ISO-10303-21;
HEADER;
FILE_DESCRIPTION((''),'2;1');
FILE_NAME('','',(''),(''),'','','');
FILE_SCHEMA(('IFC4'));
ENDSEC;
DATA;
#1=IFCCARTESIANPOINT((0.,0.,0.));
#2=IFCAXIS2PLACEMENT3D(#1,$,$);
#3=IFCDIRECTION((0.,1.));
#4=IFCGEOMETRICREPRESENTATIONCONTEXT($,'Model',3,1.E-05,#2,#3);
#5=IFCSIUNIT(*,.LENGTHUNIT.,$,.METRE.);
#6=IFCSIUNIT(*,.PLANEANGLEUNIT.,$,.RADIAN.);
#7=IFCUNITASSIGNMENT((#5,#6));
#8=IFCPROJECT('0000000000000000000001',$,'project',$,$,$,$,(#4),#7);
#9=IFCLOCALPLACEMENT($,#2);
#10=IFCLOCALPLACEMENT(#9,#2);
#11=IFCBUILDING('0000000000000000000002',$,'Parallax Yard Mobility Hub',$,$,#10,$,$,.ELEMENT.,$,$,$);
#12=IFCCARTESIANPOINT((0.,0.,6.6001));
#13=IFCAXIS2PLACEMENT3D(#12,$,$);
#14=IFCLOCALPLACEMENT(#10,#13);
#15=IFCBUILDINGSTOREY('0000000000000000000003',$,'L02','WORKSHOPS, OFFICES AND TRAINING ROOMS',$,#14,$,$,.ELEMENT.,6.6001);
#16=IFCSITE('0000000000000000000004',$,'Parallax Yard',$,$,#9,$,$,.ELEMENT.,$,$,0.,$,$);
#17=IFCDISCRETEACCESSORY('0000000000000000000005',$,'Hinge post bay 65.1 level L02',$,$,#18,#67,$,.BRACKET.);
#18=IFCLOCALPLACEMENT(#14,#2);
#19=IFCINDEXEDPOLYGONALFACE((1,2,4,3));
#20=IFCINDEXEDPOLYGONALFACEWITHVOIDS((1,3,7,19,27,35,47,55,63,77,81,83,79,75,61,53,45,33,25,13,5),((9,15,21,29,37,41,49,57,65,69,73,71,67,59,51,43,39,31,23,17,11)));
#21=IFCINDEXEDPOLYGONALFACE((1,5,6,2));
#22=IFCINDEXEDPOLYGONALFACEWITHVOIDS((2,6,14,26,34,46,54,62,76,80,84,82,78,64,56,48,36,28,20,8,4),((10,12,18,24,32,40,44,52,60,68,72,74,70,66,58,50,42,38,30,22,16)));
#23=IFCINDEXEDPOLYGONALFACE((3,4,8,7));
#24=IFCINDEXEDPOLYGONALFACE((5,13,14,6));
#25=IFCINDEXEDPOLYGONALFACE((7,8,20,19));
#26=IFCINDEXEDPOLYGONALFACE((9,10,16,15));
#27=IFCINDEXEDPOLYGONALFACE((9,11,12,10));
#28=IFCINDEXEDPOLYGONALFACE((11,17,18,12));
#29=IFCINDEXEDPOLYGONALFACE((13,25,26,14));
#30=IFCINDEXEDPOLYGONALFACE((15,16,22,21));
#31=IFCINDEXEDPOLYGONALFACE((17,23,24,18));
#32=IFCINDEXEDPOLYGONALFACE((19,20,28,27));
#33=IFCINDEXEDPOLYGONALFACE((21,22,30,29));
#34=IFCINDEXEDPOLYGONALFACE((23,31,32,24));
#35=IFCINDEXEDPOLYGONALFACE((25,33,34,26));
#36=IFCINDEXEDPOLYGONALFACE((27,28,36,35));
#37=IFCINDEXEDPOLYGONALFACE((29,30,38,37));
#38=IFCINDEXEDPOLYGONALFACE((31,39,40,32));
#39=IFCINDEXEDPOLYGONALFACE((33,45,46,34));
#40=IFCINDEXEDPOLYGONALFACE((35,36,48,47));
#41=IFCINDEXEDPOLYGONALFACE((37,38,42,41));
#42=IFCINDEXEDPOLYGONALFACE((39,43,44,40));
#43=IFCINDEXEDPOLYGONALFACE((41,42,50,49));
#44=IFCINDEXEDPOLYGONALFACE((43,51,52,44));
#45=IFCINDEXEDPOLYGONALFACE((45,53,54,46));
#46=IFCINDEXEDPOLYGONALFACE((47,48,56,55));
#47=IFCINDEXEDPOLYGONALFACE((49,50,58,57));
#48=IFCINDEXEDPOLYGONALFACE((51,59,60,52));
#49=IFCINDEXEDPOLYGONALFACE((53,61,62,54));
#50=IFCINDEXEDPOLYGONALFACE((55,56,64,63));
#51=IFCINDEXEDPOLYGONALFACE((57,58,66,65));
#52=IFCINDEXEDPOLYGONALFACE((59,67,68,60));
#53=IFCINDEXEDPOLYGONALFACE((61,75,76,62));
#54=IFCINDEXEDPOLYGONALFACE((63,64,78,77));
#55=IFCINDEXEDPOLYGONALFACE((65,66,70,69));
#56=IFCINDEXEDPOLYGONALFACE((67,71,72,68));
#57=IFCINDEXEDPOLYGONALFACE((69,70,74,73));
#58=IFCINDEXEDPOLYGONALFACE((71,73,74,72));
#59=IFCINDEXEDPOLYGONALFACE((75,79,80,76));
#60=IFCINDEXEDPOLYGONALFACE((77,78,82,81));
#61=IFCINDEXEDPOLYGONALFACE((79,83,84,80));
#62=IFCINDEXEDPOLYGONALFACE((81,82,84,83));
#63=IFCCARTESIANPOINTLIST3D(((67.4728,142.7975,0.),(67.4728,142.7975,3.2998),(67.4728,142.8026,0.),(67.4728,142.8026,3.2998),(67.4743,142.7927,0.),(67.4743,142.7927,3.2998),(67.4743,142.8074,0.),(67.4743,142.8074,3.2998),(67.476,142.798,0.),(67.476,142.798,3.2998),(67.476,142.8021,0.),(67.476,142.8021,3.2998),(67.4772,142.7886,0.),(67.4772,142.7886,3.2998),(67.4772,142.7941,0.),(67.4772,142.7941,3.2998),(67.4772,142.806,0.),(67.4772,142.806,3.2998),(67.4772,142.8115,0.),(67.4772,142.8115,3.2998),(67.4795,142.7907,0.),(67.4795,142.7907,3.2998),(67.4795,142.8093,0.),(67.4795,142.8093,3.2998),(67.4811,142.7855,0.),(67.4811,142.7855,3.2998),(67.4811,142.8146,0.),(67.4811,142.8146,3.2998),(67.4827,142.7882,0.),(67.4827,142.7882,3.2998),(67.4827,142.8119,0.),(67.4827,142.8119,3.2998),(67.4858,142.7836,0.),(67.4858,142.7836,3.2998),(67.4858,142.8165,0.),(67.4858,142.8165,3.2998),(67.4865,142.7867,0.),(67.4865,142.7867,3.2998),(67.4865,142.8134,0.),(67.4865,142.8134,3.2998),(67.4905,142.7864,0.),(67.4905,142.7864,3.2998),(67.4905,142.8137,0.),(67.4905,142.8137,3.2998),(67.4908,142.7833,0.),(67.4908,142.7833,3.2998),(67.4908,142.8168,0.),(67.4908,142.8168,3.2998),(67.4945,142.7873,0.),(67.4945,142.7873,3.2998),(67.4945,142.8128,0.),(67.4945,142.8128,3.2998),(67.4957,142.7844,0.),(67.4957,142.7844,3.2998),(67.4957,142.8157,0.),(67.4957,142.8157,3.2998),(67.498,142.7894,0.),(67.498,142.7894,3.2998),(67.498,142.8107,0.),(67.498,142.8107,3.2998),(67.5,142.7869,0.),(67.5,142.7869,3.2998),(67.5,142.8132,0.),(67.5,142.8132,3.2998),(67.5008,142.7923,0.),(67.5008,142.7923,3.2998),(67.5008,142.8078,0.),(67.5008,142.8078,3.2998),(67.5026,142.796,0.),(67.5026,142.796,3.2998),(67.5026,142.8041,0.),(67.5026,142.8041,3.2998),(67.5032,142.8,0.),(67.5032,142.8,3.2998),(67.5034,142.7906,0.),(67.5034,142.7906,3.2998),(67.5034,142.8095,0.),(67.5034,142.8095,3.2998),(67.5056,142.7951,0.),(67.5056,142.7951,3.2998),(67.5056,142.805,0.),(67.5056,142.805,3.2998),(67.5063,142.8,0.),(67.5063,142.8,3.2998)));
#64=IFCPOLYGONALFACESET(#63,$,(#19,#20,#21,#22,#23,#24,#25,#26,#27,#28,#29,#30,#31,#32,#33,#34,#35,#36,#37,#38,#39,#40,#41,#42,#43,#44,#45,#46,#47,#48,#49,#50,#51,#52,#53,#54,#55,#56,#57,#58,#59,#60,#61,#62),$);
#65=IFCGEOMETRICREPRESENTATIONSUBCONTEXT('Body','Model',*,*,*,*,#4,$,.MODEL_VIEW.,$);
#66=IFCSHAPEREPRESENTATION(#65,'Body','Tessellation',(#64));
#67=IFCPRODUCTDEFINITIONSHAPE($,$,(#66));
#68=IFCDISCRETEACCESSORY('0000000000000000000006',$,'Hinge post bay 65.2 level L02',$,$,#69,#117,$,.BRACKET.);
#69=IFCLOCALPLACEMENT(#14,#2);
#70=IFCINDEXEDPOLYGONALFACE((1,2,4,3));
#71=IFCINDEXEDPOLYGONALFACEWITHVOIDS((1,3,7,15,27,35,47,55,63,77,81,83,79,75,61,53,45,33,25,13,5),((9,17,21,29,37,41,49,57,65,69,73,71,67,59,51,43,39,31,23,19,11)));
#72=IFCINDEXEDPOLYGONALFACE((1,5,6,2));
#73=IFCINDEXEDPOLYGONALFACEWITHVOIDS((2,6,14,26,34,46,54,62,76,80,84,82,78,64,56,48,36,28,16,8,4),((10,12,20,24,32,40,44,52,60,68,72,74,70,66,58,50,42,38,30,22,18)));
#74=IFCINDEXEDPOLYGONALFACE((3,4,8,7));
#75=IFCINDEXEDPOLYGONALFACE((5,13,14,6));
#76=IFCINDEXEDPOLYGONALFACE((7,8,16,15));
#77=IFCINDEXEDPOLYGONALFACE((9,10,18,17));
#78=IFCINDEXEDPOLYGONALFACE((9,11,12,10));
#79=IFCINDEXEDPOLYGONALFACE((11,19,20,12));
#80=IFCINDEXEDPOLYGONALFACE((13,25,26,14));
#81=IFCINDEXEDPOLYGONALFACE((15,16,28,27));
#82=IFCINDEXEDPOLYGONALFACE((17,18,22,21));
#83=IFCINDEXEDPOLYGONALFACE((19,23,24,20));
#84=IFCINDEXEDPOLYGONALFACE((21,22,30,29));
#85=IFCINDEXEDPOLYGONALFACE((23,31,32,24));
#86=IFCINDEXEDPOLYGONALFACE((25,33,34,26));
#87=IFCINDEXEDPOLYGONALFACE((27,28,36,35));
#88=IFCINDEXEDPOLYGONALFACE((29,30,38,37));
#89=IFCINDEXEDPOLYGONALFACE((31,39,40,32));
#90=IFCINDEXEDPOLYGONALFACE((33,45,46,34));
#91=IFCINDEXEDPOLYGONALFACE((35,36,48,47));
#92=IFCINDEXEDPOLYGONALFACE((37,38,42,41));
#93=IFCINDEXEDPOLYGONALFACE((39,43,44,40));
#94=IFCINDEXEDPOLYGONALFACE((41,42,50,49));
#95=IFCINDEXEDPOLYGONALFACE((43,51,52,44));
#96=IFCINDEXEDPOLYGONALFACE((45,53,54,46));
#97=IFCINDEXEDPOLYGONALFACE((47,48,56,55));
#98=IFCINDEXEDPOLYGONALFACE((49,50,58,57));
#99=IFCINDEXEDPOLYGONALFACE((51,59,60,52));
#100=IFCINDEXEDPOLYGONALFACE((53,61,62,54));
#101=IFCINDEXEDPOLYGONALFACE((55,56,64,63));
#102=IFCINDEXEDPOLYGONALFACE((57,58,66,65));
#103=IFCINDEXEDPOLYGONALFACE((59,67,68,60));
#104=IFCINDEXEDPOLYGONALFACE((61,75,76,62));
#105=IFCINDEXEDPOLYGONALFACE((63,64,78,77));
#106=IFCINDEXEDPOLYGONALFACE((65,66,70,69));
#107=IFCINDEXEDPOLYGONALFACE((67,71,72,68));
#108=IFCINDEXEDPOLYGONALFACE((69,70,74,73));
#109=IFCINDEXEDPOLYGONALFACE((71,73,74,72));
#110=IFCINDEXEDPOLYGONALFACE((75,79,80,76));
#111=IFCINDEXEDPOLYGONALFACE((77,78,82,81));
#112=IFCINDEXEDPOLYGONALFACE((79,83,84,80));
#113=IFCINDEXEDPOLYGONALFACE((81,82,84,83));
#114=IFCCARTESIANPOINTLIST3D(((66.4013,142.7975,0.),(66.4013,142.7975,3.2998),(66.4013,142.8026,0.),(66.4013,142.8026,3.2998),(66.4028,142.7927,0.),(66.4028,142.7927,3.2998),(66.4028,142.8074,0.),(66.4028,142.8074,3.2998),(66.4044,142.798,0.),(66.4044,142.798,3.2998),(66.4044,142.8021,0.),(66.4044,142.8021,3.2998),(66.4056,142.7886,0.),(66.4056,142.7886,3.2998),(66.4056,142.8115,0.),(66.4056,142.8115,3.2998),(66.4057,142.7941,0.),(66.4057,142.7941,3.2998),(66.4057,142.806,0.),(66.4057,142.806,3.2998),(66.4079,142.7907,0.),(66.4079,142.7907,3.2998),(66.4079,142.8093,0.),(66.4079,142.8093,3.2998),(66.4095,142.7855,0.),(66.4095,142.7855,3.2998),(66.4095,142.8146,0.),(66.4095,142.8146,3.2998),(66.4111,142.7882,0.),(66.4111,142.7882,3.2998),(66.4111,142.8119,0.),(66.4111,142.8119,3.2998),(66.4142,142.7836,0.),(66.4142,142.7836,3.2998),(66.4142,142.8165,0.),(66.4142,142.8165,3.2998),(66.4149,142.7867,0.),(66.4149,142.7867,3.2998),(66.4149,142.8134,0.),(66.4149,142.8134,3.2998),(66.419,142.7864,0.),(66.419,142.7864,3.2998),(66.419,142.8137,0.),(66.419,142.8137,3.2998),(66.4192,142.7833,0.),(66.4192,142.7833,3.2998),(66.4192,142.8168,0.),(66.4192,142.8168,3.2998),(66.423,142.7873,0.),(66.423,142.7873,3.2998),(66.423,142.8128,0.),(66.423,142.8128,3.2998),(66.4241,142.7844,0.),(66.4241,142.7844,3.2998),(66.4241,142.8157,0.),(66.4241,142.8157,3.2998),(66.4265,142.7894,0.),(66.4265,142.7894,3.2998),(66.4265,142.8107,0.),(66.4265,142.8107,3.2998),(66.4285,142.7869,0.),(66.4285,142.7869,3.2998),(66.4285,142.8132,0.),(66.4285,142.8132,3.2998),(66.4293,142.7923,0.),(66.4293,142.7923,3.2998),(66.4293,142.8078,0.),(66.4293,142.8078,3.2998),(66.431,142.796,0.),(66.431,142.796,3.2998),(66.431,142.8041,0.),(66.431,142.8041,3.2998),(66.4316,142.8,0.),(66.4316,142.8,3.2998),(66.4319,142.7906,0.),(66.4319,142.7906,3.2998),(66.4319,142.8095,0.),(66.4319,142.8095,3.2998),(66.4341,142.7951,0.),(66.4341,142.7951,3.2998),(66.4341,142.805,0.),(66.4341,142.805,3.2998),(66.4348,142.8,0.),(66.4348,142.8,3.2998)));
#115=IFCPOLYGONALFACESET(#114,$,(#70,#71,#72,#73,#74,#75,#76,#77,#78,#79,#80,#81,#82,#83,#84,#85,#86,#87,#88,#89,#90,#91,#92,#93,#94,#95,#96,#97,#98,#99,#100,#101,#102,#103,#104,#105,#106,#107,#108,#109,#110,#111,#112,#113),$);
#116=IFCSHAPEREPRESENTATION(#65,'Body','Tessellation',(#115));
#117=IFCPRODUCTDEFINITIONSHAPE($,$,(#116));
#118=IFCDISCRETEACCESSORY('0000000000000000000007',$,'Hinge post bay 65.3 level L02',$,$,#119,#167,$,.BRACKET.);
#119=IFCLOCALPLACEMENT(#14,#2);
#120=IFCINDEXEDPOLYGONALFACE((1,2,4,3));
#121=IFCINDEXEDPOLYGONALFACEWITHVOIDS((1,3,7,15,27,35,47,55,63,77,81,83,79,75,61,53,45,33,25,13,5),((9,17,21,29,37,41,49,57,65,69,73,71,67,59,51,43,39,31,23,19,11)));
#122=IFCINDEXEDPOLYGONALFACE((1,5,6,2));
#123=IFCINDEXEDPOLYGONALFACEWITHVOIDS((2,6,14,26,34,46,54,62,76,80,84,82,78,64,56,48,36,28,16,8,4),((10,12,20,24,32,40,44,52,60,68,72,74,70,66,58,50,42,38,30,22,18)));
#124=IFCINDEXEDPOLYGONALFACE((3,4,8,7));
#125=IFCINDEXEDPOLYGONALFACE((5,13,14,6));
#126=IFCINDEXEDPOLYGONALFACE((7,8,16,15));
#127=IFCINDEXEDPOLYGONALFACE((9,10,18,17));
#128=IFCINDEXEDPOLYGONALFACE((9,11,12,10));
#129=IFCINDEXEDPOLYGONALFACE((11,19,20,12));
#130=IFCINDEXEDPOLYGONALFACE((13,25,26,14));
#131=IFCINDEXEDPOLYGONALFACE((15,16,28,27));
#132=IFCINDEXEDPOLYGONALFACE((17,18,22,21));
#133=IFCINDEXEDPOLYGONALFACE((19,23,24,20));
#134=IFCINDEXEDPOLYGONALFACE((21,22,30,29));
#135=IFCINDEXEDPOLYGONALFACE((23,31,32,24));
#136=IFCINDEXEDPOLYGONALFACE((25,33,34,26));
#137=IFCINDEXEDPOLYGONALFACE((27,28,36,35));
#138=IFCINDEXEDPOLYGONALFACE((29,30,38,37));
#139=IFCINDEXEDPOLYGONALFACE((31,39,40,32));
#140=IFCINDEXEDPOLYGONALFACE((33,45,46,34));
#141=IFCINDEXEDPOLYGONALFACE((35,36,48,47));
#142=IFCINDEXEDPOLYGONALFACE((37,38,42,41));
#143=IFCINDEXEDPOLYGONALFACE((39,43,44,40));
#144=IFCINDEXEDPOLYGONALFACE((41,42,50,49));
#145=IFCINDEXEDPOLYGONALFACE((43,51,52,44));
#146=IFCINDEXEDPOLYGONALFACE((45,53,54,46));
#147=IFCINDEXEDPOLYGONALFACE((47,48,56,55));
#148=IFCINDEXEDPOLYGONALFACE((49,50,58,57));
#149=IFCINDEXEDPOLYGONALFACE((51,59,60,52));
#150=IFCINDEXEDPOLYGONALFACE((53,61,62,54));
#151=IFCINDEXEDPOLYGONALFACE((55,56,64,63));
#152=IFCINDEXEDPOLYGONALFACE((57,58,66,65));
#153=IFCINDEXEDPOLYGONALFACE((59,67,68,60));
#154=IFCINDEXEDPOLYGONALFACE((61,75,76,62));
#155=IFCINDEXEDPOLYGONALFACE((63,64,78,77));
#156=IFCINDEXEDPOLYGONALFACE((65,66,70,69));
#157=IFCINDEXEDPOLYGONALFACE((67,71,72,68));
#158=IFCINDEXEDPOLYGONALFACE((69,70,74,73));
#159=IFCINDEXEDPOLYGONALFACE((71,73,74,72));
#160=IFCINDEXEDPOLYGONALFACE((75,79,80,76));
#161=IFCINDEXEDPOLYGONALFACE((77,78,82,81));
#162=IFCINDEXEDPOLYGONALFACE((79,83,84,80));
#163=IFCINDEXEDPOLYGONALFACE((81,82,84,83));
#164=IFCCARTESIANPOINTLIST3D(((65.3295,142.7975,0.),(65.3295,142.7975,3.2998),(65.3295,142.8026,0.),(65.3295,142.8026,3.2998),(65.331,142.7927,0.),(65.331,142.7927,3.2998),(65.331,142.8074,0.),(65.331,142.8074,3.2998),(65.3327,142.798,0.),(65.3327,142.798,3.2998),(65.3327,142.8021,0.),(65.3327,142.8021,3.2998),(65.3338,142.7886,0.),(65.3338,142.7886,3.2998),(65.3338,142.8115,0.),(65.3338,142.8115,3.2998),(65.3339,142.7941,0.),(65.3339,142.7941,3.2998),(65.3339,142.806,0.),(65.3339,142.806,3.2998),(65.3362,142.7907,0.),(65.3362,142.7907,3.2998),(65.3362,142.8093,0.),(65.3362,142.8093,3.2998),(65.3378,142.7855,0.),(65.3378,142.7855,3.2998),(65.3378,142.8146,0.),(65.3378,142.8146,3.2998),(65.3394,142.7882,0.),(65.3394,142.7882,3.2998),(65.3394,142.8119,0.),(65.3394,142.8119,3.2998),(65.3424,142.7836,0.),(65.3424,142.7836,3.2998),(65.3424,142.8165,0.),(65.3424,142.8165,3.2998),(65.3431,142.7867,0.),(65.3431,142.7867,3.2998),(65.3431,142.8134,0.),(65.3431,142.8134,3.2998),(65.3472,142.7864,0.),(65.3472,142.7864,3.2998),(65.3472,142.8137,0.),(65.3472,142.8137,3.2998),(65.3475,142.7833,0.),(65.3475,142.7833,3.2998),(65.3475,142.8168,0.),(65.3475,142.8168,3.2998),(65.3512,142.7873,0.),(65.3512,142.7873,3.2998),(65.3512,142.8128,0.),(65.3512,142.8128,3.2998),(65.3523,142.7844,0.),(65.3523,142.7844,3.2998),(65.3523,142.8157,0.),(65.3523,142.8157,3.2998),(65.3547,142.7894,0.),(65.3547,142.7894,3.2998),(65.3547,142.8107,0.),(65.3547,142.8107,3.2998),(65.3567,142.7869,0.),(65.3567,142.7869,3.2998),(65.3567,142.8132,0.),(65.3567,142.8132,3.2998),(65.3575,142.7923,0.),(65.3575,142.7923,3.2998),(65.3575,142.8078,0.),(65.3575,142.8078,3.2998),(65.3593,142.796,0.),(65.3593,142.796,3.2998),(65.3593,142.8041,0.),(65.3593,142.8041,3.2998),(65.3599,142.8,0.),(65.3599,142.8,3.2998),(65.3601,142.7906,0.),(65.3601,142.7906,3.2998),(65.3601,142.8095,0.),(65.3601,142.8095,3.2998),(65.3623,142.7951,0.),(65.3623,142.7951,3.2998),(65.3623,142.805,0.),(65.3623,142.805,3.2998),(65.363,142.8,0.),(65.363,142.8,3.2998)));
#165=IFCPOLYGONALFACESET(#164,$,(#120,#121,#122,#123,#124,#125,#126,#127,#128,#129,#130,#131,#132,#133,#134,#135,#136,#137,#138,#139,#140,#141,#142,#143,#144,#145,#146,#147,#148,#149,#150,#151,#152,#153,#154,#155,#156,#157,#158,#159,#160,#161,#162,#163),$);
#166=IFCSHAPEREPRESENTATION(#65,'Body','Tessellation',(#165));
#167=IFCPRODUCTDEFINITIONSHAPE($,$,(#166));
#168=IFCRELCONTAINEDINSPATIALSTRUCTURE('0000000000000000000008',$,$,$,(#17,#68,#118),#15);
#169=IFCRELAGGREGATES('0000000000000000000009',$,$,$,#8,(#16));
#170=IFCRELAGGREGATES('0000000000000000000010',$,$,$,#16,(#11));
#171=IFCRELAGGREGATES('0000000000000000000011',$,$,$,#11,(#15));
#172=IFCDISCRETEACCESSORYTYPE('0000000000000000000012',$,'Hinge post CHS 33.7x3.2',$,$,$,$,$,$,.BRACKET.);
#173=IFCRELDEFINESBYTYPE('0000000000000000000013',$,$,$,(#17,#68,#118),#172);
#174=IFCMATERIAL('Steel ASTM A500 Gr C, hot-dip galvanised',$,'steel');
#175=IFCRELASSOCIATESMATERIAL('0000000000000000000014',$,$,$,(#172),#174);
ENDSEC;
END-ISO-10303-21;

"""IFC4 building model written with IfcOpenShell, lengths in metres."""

from ifc_helpers import new_model, si_unit, direction, frame, origin, origin_2d, place, context, subcontext, project, spatial, hollow_circle, extrude, material, material_profile, profile_set, type_object, element, save


model = new_model("IFC4")

# Units and contexts
model_context = context("Model", 3, precision=1e-05, world=origin(), true_north=direction((0.0, 1.0)))
body_context = subcontext(model_context, "Body", "Model", "MODEL_VIEW")
ifc_project = project(units=[si_unit("LENGTHUNIT", "METRE"), si_unit("PLANEANGLEUNIT", "RADIAN")], contexts=[model_context])

# Site, building, storey
site_placement = place(None, origin())
site = spatial("IfcSite", under=ifc_project, at=site_placement, Name="Parallax Yard", CompositionType="ELEMENT", RefElevation=0.0)
building_placement = place(site_placement, origin())
building = spatial("IfcBuilding", under=site, at=building_placement, Name="Parallax Yard Mobility Hub", CompositionType="ELEMENT")
storey_placement = place(building_placement, frame((0.0, 0.0, 6.6001)))
storey = spatial("IfcBuildingStorey", under=building, at=storey_placement, Name="L02", Description="WORKSHOPS, OFFICES AND TRAINING ROOMS", CompositionType="ELEMENT", Elevation=6.6001)

# Discrete accessories
ifc_material_1 = material(Name="Steel ASTM A500 Gr C, hot-dip galvanised", Category="steel")
ifc_material_profile = material_profile(ifc_material_1, hollow_circle(Radius=0.0168, WallThickness=0.0032, at=origin_2d()), Name="CHS 33.7x3.2")
ifc_profile_set = profile_set([ifc_material_profile], Name="Steel ASTM A500 Gr C, hot-dip galvanised")
discrete_accessory_type = type_object("IfcDiscreteAccessoryType", Name="Hinge post CHS 33.7x3.2", PredefinedType="BRACKET", material=ifc_profile_set)
for number, where, z_axis, x_axis, name in (
    (1, (67.4895, 142.8, 0.0), (0.0, 0.0, 1.0), (1.0, 0.0, 0.0), "Hinge post bay 65.1 level L02"),
    (2, (66.418, 142.8, 0.0), (0.0, 0.0, 1.0), (1.0, 0.0, 0.0), "Hinge post bay 65.2 level L02"),
    (3, (65.3462, 142.8, 0.0), (0.0, 0.0, 1.0), (1.0, 0.0, 0.0), "Hinge post bay 65.3 level L02"),
):
    element("IfcDiscreteAccessory", number, at=place(storey_placement, frame(where, z_axis=z_axis, x_axis=x_axis)), inside=storey, type_object=discrete_accessory_type, Name=name, PredefinedType="BRACKET", context=body_context, shape_type="SweptSolid", body=[
        extrude(hollow_circle(Radius=0.0168, WallThickness=0.0032, at=origin_2d()), origin(), (0.0, 0.0, 1.0), 3.2998),
    ])

save(model, "model.ifc")
